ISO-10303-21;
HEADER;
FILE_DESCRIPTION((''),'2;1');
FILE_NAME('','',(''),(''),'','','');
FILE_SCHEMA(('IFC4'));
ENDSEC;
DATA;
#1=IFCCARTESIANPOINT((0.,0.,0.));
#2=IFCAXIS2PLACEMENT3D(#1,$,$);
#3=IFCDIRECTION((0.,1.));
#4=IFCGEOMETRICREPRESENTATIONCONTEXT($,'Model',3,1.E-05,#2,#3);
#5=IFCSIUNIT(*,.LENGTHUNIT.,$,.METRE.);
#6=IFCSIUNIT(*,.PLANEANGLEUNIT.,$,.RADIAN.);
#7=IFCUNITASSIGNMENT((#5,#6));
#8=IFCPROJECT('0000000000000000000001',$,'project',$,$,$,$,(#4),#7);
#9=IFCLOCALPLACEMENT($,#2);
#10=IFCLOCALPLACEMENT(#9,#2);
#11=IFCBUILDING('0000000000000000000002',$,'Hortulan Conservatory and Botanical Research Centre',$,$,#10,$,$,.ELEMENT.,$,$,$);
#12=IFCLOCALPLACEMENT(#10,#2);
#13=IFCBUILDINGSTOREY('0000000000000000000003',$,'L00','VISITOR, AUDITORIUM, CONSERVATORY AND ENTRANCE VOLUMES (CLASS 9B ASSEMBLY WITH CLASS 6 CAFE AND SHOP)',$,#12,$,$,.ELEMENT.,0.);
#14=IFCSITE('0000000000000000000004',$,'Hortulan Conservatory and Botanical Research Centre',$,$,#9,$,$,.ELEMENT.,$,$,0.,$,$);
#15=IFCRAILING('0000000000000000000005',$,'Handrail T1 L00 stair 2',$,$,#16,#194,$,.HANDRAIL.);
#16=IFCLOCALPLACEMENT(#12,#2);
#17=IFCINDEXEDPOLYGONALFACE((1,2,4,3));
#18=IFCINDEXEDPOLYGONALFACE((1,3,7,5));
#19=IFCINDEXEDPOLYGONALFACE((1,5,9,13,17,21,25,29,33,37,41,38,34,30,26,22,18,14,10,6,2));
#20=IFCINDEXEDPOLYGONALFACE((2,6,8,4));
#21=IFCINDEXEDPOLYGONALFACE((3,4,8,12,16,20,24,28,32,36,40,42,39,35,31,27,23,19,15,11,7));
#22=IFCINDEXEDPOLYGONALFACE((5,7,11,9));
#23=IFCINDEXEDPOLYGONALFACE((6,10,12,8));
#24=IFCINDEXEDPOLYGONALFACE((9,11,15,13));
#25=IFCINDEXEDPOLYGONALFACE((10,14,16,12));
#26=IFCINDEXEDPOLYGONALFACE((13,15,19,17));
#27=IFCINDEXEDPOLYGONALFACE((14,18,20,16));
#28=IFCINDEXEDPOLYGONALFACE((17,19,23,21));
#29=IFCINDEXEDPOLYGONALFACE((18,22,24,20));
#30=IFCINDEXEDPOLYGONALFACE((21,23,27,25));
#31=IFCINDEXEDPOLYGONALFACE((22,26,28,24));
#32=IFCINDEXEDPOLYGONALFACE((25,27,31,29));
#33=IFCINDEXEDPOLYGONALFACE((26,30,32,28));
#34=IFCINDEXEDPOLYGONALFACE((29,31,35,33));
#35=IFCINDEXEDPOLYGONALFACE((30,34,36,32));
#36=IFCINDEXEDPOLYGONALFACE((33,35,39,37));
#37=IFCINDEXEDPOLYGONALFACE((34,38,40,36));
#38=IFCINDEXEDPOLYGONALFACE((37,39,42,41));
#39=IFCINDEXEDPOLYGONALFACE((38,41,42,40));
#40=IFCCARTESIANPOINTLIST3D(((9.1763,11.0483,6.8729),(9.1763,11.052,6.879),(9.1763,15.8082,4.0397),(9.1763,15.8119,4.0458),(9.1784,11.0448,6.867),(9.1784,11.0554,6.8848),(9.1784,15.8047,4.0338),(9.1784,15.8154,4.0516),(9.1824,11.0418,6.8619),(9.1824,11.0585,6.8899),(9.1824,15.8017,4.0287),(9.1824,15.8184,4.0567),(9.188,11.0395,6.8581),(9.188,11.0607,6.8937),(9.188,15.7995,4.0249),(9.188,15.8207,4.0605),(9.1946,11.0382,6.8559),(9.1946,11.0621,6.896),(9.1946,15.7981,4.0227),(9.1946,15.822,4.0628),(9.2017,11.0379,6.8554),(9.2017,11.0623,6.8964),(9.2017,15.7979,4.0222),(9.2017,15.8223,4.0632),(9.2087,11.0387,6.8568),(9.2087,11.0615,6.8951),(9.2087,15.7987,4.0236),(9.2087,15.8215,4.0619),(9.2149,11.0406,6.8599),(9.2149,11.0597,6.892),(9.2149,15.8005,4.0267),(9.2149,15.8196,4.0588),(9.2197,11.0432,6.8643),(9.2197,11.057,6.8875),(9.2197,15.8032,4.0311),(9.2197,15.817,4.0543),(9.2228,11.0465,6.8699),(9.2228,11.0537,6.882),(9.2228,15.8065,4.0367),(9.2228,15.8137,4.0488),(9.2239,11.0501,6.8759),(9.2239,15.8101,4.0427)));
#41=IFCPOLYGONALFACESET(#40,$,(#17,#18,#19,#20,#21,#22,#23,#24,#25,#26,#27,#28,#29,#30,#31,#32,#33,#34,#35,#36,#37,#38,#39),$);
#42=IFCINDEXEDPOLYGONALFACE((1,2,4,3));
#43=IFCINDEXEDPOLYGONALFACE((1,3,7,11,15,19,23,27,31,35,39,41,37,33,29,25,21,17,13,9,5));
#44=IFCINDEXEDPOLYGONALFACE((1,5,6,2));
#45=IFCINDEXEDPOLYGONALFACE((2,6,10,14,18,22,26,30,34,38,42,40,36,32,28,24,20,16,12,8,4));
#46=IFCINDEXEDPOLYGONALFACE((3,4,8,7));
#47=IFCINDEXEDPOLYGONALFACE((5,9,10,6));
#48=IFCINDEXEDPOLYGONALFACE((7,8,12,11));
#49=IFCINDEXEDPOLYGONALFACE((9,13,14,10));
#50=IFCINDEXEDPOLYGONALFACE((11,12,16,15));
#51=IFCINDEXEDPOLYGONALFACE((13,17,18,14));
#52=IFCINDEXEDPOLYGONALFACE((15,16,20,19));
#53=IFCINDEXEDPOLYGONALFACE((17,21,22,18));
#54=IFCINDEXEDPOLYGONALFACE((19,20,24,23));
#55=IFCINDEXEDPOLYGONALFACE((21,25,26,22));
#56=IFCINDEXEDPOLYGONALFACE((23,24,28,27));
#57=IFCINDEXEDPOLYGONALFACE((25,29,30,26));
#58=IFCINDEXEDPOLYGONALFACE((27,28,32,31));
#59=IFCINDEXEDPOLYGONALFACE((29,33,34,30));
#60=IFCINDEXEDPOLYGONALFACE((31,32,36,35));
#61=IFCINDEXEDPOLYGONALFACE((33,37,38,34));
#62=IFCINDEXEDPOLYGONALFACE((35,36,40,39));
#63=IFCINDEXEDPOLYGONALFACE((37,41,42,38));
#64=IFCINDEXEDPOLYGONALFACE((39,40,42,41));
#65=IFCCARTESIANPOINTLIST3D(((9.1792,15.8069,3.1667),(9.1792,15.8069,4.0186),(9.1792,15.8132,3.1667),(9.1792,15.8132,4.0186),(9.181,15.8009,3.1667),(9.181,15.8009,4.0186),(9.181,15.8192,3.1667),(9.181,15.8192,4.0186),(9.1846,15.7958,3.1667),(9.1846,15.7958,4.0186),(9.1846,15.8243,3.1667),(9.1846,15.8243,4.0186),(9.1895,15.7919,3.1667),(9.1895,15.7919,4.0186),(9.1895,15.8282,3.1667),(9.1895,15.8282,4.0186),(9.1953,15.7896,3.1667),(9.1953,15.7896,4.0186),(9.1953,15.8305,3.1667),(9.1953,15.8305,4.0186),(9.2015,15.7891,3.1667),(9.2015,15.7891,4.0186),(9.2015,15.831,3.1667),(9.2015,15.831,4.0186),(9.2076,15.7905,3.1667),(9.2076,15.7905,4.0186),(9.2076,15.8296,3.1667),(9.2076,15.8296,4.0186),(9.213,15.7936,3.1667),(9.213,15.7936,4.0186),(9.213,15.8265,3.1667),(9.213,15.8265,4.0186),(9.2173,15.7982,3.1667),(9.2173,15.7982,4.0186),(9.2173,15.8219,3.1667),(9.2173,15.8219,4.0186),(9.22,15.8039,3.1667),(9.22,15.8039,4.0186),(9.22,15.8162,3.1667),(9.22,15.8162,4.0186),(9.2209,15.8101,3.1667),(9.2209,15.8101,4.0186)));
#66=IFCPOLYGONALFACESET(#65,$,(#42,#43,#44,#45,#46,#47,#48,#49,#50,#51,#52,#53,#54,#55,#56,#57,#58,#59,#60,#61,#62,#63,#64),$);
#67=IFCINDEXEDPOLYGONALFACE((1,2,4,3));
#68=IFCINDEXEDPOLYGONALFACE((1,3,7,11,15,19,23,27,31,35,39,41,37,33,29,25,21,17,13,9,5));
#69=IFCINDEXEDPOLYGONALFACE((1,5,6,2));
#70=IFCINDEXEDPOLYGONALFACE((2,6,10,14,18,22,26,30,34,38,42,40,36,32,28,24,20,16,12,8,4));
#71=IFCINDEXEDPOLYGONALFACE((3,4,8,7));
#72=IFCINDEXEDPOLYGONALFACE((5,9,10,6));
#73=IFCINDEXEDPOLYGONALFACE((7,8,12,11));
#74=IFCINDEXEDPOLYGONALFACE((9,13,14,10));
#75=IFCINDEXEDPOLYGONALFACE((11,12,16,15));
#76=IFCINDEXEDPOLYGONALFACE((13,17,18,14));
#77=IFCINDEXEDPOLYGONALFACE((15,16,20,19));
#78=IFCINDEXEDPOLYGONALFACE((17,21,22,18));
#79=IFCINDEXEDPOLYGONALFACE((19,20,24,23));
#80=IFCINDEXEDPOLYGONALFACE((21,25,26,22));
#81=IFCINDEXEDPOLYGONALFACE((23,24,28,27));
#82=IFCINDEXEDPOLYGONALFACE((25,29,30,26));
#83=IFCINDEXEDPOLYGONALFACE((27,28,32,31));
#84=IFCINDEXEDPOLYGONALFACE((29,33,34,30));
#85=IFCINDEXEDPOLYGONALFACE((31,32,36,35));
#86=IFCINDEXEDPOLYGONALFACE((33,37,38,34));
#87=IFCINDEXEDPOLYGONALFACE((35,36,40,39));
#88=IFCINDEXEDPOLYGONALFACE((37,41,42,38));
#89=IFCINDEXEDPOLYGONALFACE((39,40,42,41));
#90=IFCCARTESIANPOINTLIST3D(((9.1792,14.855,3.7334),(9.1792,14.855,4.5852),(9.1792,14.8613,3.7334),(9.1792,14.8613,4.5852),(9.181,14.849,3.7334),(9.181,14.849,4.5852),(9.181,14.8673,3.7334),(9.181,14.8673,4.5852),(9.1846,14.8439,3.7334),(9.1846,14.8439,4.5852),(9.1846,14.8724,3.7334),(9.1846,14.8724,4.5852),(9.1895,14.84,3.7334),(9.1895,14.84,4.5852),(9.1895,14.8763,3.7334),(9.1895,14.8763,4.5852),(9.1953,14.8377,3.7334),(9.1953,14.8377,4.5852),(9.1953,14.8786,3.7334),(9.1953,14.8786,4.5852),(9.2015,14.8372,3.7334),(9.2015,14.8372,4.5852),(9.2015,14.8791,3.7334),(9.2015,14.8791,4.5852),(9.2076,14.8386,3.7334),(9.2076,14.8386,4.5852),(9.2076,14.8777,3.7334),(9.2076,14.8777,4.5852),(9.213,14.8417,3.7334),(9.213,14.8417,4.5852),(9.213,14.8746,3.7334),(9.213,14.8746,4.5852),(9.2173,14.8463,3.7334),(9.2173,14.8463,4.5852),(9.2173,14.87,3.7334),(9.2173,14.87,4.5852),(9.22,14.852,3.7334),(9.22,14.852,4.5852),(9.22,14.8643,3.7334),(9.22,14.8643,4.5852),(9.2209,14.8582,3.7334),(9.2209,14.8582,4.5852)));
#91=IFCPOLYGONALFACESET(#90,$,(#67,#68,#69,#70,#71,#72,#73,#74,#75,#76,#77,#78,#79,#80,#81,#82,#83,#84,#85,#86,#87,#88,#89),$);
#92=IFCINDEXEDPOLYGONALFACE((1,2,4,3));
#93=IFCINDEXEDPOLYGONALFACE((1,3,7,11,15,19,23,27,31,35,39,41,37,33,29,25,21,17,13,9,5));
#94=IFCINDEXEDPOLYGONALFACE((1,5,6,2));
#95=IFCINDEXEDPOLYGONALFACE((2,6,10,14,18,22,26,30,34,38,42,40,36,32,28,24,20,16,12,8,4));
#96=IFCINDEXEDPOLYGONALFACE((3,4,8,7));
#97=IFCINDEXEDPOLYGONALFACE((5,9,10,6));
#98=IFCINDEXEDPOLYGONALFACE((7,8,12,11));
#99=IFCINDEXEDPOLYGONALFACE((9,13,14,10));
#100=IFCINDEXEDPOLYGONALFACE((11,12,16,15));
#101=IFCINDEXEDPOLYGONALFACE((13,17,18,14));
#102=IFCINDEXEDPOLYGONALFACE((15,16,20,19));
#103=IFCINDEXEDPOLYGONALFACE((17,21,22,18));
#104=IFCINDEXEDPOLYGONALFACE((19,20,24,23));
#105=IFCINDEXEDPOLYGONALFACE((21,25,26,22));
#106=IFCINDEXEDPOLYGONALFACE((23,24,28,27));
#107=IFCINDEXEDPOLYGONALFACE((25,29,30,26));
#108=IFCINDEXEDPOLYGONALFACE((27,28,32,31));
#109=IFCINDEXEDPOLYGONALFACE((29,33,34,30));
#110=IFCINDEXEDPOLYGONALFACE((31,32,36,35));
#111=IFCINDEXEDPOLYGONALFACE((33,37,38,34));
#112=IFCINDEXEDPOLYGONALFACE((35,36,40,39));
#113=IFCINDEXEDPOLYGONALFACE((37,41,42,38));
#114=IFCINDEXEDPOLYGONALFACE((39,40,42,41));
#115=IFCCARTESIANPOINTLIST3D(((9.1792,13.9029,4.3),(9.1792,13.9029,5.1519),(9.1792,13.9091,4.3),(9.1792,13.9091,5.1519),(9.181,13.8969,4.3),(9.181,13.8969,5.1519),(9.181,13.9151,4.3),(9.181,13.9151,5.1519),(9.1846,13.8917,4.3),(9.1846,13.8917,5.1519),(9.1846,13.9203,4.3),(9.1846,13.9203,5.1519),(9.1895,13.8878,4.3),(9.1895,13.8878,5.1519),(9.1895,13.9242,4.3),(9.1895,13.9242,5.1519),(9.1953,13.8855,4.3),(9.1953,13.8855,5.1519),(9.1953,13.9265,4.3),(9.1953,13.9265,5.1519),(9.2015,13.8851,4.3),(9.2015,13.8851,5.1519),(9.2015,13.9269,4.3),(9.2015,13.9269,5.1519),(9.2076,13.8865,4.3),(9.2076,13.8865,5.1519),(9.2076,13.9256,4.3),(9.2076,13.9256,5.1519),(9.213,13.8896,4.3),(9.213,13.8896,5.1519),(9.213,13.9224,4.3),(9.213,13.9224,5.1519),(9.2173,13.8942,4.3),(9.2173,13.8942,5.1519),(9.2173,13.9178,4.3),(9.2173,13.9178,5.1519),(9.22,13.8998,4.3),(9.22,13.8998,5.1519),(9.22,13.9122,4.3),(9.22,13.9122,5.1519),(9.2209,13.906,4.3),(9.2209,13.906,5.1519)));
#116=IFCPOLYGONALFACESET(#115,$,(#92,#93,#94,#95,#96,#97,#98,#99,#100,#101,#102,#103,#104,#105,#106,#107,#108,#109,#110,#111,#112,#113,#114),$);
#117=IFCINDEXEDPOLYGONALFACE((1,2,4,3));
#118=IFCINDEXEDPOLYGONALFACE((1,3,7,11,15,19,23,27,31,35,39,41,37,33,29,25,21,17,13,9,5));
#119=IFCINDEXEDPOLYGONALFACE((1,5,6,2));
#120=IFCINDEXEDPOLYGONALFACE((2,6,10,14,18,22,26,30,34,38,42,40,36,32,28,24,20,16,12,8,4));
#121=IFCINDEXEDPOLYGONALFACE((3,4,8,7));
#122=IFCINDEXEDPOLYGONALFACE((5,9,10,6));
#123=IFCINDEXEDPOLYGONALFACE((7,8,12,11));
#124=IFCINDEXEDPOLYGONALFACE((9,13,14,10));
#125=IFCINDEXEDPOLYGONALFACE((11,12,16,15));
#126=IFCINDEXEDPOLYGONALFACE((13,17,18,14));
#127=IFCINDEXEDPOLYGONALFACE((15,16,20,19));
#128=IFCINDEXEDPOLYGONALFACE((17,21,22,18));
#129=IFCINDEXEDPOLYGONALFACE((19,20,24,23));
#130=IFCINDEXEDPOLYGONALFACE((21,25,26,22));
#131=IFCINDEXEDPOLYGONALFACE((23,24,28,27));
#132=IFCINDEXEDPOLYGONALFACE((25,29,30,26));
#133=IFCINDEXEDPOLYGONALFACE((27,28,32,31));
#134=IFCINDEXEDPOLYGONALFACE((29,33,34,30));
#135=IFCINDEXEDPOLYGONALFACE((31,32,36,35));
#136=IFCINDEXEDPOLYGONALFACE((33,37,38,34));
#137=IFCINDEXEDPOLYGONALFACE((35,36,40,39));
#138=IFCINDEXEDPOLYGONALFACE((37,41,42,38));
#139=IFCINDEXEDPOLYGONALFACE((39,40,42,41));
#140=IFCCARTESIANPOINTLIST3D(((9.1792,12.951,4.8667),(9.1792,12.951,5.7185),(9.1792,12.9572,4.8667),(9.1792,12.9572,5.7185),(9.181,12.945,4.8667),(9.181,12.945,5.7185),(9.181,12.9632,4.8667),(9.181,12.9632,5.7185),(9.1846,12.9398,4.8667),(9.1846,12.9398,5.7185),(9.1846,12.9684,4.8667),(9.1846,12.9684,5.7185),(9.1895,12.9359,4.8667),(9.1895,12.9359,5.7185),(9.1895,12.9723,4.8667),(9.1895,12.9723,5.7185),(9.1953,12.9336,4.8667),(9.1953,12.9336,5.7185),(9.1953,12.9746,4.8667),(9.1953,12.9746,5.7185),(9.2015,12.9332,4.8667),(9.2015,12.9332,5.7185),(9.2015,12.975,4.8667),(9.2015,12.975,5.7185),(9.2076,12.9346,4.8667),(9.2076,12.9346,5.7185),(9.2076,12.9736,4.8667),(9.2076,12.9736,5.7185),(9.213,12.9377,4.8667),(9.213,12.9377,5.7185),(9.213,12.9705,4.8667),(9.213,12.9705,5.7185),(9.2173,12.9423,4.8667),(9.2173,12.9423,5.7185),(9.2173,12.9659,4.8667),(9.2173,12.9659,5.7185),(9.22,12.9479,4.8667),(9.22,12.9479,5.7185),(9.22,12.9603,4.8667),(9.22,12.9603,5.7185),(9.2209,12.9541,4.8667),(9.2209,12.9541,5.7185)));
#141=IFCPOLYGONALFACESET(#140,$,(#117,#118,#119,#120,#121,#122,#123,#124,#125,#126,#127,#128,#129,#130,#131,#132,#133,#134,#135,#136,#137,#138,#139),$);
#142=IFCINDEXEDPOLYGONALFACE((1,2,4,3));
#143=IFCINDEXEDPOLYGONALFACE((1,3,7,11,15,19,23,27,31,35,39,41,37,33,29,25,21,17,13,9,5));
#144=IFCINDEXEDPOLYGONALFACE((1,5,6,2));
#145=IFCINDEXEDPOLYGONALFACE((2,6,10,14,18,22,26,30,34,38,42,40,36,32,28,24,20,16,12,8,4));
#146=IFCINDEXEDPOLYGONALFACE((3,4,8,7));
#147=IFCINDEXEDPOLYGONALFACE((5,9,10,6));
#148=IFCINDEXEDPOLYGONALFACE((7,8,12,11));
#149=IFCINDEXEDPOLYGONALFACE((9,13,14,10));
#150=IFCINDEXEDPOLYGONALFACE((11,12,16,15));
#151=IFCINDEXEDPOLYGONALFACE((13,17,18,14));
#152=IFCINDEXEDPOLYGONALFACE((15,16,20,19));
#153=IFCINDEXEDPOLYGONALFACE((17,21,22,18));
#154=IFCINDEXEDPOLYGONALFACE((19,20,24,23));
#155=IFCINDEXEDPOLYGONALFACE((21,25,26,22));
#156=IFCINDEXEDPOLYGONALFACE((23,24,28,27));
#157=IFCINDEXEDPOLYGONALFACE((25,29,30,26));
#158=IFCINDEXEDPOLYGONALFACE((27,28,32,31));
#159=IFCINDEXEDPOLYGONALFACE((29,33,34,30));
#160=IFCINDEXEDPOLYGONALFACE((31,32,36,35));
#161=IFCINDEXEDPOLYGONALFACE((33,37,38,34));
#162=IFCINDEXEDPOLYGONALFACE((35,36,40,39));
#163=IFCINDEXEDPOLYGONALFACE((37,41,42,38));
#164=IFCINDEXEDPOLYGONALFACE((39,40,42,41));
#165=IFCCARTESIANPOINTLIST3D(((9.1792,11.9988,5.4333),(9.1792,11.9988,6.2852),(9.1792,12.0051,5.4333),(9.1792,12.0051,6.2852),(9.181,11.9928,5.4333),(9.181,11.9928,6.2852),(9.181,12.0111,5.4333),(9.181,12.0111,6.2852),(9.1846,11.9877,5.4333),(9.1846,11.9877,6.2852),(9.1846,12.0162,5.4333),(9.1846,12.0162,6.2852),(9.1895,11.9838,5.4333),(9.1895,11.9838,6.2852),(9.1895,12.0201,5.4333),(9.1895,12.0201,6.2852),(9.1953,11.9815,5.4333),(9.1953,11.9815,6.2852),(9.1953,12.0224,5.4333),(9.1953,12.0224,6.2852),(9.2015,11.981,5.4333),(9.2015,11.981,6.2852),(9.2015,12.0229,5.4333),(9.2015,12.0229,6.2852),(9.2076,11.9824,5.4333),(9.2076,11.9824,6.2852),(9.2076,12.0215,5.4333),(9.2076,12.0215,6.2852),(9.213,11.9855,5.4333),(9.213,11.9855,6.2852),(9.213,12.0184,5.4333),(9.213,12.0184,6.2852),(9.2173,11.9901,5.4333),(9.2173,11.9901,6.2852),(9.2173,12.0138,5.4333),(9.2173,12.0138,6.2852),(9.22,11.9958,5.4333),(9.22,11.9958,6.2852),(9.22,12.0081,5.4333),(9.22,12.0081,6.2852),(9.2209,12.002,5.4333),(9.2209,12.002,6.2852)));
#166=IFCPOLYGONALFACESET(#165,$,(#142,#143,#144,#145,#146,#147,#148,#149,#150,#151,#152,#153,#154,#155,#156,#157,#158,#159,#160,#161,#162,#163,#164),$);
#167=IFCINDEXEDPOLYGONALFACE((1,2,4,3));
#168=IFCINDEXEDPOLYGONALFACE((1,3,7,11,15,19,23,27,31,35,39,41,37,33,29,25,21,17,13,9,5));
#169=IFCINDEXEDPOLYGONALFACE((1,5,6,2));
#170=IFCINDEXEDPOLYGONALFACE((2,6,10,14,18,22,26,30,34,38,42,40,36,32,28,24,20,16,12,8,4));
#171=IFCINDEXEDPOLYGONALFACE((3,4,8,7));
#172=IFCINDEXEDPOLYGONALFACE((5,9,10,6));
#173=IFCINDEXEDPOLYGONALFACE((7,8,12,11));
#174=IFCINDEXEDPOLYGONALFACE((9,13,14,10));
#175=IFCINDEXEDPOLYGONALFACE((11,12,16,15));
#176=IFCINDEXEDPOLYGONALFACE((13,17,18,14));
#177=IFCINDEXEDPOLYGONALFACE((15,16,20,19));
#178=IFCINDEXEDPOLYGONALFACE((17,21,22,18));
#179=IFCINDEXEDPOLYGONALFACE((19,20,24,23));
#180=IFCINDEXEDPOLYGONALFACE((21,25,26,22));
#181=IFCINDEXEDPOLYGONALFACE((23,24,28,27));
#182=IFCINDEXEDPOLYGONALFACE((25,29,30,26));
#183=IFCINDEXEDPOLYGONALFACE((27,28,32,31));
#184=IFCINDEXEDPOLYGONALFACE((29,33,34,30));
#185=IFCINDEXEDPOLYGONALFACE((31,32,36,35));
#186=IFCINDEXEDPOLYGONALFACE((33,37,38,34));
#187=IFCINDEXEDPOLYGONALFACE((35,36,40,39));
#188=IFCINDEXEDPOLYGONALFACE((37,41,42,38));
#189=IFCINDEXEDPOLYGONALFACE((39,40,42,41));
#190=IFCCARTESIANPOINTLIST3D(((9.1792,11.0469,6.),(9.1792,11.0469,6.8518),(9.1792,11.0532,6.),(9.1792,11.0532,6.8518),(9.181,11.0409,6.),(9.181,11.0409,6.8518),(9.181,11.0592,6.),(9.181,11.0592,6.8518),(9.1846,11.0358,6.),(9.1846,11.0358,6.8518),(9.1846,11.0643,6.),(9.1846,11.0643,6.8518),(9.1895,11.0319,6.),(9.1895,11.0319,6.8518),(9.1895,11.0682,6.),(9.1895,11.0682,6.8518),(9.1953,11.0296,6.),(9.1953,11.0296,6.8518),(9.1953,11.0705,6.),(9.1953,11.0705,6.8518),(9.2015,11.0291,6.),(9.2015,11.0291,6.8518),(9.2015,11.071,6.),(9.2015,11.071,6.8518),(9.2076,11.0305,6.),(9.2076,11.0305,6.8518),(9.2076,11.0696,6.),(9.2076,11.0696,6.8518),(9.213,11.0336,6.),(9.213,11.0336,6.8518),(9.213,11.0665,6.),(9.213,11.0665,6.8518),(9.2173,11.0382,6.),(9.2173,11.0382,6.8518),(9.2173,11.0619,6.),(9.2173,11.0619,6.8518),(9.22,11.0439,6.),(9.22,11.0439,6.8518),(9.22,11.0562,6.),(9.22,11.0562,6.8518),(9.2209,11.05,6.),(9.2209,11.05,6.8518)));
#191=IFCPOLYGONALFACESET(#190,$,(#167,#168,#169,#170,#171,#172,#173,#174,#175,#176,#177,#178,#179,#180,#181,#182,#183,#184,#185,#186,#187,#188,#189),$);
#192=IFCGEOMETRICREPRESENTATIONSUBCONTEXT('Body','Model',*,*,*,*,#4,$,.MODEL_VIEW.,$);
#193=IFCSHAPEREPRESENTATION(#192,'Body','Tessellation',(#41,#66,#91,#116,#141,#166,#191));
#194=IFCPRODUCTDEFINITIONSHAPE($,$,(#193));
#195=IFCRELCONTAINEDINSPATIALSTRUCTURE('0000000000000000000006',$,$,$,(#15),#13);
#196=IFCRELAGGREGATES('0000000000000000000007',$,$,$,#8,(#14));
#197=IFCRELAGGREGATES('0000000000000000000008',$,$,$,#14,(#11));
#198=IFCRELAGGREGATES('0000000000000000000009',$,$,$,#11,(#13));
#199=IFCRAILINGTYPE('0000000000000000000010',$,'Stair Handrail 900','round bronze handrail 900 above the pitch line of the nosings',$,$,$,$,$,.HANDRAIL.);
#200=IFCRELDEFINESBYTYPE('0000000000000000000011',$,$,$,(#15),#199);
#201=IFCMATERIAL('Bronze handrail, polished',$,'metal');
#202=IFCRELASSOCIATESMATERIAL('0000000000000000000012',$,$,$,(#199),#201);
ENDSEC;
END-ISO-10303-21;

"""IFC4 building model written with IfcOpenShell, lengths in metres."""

from ifc_helpers import new_model, si_unit, direction, frame, origin, origin_2d, place, context, subcontext, project, spatial, circle, extrude, material, type_object, element, save


model = new_model("IFC4")

# Units and contexts
model_context = context("Model", 3, precision=1e-05, world=origin(), true_north=direction((0.0, 1.0)))
body_context = subcontext(model_context, "Body", "Model", "MODEL_VIEW")
ifc_project = project(units=[si_unit("LENGTHUNIT", "METRE"), si_unit("PLANEANGLEUNIT", "RADIAN")], contexts=[model_context])

# Site, building, storey
site_placement = place(None, origin())
site = spatial("IfcSite", under=ifc_project, at=site_placement, Name="Hortulan Conservatory and Botanical Research Centre", CompositionType="ELEMENT", RefElevation=0.0)
building_placement = place(site_placement, origin())
building = spatial("IfcBuilding", under=site, at=building_placement, Name="Hortulan Conservatory and Botanical Research Centre", CompositionType="ELEMENT")
storey_placement = place(building_placement, origin())
storey = spatial("IfcBuildingStorey", under=building, at=storey_placement, Name="L00", Description="VISITOR, AUDITORIUM, CONSERVATORY AND ENTRANCE VOLUMES (CLASS 9B ASSEMBLY WITH CLASS 6 CAFE AND SHOP)", CompositionType="ELEMENT", Elevation=0.0)

# Railing
ifc_material_1 = material(Name="Bronze handrail, polished", Category="metal")
railing_type_1 = type_object("IfcRailingType", Name="Stair Handrail 900", Description="round bronze handrail 900 above the pitch line of the nosings", PredefinedType="HANDRAIL", material=ifc_material_1)
railing_1_placement = place(storey_placement, frame((9.2, 15.8101, 3.1667)))
element("IfcRailing", 1, at=railing_1_placement, inside=storey, type_object=railing_type_1, Name="Handrail T1 L00 stair 2", PredefinedType="HANDRAIL", context=body_context, shape_type="SweptSolid", body=[
    extrude(circle(Radius=0.0239, at=origin_2d()), frame((0.0, 0.0, 0.876), z_axis=(0.0, -0.8593, 0.511472), x_axis=(1.0, 0.0, 0.0)), (0.0, 0.0, 1.0), 5.5393),
    extrude(circle(Radius=0.021, at=origin_2d()), origin(), (0.0, 0.0, 1.0), 0.8518),
    extrude(circle(Radius=0.021, at=origin_2d()), frame((0.0, -0.9519, 0.5667)), (0.0, 0.0, 1.0), 0.8518),
    extrude(circle(Radius=0.021, at=origin_2d()), frame((0.0, -1.9041, 1.1333)), (0.0, 0.0, 1.0), 0.8518),
    extrude(circle(Radius=0.021, at=origin_2d()), frame((0.0, -2.856, 1.7)), (0.0, 0.0, 1.0), 0.8518),
    extrude(circle(Radius=0.021, at=origin_2d()), frame((0.0, -3.8081, 2.2666)), (0.0, 0.0, 1.0), 0.8518),
    extrude(circle(Radius=0.021, at=origin_2d()), frame((0.0, -4.76, 2.8333)), (0.0, 0.0, 1.0), 0.8518),
])

save(model, "model.ifc")
